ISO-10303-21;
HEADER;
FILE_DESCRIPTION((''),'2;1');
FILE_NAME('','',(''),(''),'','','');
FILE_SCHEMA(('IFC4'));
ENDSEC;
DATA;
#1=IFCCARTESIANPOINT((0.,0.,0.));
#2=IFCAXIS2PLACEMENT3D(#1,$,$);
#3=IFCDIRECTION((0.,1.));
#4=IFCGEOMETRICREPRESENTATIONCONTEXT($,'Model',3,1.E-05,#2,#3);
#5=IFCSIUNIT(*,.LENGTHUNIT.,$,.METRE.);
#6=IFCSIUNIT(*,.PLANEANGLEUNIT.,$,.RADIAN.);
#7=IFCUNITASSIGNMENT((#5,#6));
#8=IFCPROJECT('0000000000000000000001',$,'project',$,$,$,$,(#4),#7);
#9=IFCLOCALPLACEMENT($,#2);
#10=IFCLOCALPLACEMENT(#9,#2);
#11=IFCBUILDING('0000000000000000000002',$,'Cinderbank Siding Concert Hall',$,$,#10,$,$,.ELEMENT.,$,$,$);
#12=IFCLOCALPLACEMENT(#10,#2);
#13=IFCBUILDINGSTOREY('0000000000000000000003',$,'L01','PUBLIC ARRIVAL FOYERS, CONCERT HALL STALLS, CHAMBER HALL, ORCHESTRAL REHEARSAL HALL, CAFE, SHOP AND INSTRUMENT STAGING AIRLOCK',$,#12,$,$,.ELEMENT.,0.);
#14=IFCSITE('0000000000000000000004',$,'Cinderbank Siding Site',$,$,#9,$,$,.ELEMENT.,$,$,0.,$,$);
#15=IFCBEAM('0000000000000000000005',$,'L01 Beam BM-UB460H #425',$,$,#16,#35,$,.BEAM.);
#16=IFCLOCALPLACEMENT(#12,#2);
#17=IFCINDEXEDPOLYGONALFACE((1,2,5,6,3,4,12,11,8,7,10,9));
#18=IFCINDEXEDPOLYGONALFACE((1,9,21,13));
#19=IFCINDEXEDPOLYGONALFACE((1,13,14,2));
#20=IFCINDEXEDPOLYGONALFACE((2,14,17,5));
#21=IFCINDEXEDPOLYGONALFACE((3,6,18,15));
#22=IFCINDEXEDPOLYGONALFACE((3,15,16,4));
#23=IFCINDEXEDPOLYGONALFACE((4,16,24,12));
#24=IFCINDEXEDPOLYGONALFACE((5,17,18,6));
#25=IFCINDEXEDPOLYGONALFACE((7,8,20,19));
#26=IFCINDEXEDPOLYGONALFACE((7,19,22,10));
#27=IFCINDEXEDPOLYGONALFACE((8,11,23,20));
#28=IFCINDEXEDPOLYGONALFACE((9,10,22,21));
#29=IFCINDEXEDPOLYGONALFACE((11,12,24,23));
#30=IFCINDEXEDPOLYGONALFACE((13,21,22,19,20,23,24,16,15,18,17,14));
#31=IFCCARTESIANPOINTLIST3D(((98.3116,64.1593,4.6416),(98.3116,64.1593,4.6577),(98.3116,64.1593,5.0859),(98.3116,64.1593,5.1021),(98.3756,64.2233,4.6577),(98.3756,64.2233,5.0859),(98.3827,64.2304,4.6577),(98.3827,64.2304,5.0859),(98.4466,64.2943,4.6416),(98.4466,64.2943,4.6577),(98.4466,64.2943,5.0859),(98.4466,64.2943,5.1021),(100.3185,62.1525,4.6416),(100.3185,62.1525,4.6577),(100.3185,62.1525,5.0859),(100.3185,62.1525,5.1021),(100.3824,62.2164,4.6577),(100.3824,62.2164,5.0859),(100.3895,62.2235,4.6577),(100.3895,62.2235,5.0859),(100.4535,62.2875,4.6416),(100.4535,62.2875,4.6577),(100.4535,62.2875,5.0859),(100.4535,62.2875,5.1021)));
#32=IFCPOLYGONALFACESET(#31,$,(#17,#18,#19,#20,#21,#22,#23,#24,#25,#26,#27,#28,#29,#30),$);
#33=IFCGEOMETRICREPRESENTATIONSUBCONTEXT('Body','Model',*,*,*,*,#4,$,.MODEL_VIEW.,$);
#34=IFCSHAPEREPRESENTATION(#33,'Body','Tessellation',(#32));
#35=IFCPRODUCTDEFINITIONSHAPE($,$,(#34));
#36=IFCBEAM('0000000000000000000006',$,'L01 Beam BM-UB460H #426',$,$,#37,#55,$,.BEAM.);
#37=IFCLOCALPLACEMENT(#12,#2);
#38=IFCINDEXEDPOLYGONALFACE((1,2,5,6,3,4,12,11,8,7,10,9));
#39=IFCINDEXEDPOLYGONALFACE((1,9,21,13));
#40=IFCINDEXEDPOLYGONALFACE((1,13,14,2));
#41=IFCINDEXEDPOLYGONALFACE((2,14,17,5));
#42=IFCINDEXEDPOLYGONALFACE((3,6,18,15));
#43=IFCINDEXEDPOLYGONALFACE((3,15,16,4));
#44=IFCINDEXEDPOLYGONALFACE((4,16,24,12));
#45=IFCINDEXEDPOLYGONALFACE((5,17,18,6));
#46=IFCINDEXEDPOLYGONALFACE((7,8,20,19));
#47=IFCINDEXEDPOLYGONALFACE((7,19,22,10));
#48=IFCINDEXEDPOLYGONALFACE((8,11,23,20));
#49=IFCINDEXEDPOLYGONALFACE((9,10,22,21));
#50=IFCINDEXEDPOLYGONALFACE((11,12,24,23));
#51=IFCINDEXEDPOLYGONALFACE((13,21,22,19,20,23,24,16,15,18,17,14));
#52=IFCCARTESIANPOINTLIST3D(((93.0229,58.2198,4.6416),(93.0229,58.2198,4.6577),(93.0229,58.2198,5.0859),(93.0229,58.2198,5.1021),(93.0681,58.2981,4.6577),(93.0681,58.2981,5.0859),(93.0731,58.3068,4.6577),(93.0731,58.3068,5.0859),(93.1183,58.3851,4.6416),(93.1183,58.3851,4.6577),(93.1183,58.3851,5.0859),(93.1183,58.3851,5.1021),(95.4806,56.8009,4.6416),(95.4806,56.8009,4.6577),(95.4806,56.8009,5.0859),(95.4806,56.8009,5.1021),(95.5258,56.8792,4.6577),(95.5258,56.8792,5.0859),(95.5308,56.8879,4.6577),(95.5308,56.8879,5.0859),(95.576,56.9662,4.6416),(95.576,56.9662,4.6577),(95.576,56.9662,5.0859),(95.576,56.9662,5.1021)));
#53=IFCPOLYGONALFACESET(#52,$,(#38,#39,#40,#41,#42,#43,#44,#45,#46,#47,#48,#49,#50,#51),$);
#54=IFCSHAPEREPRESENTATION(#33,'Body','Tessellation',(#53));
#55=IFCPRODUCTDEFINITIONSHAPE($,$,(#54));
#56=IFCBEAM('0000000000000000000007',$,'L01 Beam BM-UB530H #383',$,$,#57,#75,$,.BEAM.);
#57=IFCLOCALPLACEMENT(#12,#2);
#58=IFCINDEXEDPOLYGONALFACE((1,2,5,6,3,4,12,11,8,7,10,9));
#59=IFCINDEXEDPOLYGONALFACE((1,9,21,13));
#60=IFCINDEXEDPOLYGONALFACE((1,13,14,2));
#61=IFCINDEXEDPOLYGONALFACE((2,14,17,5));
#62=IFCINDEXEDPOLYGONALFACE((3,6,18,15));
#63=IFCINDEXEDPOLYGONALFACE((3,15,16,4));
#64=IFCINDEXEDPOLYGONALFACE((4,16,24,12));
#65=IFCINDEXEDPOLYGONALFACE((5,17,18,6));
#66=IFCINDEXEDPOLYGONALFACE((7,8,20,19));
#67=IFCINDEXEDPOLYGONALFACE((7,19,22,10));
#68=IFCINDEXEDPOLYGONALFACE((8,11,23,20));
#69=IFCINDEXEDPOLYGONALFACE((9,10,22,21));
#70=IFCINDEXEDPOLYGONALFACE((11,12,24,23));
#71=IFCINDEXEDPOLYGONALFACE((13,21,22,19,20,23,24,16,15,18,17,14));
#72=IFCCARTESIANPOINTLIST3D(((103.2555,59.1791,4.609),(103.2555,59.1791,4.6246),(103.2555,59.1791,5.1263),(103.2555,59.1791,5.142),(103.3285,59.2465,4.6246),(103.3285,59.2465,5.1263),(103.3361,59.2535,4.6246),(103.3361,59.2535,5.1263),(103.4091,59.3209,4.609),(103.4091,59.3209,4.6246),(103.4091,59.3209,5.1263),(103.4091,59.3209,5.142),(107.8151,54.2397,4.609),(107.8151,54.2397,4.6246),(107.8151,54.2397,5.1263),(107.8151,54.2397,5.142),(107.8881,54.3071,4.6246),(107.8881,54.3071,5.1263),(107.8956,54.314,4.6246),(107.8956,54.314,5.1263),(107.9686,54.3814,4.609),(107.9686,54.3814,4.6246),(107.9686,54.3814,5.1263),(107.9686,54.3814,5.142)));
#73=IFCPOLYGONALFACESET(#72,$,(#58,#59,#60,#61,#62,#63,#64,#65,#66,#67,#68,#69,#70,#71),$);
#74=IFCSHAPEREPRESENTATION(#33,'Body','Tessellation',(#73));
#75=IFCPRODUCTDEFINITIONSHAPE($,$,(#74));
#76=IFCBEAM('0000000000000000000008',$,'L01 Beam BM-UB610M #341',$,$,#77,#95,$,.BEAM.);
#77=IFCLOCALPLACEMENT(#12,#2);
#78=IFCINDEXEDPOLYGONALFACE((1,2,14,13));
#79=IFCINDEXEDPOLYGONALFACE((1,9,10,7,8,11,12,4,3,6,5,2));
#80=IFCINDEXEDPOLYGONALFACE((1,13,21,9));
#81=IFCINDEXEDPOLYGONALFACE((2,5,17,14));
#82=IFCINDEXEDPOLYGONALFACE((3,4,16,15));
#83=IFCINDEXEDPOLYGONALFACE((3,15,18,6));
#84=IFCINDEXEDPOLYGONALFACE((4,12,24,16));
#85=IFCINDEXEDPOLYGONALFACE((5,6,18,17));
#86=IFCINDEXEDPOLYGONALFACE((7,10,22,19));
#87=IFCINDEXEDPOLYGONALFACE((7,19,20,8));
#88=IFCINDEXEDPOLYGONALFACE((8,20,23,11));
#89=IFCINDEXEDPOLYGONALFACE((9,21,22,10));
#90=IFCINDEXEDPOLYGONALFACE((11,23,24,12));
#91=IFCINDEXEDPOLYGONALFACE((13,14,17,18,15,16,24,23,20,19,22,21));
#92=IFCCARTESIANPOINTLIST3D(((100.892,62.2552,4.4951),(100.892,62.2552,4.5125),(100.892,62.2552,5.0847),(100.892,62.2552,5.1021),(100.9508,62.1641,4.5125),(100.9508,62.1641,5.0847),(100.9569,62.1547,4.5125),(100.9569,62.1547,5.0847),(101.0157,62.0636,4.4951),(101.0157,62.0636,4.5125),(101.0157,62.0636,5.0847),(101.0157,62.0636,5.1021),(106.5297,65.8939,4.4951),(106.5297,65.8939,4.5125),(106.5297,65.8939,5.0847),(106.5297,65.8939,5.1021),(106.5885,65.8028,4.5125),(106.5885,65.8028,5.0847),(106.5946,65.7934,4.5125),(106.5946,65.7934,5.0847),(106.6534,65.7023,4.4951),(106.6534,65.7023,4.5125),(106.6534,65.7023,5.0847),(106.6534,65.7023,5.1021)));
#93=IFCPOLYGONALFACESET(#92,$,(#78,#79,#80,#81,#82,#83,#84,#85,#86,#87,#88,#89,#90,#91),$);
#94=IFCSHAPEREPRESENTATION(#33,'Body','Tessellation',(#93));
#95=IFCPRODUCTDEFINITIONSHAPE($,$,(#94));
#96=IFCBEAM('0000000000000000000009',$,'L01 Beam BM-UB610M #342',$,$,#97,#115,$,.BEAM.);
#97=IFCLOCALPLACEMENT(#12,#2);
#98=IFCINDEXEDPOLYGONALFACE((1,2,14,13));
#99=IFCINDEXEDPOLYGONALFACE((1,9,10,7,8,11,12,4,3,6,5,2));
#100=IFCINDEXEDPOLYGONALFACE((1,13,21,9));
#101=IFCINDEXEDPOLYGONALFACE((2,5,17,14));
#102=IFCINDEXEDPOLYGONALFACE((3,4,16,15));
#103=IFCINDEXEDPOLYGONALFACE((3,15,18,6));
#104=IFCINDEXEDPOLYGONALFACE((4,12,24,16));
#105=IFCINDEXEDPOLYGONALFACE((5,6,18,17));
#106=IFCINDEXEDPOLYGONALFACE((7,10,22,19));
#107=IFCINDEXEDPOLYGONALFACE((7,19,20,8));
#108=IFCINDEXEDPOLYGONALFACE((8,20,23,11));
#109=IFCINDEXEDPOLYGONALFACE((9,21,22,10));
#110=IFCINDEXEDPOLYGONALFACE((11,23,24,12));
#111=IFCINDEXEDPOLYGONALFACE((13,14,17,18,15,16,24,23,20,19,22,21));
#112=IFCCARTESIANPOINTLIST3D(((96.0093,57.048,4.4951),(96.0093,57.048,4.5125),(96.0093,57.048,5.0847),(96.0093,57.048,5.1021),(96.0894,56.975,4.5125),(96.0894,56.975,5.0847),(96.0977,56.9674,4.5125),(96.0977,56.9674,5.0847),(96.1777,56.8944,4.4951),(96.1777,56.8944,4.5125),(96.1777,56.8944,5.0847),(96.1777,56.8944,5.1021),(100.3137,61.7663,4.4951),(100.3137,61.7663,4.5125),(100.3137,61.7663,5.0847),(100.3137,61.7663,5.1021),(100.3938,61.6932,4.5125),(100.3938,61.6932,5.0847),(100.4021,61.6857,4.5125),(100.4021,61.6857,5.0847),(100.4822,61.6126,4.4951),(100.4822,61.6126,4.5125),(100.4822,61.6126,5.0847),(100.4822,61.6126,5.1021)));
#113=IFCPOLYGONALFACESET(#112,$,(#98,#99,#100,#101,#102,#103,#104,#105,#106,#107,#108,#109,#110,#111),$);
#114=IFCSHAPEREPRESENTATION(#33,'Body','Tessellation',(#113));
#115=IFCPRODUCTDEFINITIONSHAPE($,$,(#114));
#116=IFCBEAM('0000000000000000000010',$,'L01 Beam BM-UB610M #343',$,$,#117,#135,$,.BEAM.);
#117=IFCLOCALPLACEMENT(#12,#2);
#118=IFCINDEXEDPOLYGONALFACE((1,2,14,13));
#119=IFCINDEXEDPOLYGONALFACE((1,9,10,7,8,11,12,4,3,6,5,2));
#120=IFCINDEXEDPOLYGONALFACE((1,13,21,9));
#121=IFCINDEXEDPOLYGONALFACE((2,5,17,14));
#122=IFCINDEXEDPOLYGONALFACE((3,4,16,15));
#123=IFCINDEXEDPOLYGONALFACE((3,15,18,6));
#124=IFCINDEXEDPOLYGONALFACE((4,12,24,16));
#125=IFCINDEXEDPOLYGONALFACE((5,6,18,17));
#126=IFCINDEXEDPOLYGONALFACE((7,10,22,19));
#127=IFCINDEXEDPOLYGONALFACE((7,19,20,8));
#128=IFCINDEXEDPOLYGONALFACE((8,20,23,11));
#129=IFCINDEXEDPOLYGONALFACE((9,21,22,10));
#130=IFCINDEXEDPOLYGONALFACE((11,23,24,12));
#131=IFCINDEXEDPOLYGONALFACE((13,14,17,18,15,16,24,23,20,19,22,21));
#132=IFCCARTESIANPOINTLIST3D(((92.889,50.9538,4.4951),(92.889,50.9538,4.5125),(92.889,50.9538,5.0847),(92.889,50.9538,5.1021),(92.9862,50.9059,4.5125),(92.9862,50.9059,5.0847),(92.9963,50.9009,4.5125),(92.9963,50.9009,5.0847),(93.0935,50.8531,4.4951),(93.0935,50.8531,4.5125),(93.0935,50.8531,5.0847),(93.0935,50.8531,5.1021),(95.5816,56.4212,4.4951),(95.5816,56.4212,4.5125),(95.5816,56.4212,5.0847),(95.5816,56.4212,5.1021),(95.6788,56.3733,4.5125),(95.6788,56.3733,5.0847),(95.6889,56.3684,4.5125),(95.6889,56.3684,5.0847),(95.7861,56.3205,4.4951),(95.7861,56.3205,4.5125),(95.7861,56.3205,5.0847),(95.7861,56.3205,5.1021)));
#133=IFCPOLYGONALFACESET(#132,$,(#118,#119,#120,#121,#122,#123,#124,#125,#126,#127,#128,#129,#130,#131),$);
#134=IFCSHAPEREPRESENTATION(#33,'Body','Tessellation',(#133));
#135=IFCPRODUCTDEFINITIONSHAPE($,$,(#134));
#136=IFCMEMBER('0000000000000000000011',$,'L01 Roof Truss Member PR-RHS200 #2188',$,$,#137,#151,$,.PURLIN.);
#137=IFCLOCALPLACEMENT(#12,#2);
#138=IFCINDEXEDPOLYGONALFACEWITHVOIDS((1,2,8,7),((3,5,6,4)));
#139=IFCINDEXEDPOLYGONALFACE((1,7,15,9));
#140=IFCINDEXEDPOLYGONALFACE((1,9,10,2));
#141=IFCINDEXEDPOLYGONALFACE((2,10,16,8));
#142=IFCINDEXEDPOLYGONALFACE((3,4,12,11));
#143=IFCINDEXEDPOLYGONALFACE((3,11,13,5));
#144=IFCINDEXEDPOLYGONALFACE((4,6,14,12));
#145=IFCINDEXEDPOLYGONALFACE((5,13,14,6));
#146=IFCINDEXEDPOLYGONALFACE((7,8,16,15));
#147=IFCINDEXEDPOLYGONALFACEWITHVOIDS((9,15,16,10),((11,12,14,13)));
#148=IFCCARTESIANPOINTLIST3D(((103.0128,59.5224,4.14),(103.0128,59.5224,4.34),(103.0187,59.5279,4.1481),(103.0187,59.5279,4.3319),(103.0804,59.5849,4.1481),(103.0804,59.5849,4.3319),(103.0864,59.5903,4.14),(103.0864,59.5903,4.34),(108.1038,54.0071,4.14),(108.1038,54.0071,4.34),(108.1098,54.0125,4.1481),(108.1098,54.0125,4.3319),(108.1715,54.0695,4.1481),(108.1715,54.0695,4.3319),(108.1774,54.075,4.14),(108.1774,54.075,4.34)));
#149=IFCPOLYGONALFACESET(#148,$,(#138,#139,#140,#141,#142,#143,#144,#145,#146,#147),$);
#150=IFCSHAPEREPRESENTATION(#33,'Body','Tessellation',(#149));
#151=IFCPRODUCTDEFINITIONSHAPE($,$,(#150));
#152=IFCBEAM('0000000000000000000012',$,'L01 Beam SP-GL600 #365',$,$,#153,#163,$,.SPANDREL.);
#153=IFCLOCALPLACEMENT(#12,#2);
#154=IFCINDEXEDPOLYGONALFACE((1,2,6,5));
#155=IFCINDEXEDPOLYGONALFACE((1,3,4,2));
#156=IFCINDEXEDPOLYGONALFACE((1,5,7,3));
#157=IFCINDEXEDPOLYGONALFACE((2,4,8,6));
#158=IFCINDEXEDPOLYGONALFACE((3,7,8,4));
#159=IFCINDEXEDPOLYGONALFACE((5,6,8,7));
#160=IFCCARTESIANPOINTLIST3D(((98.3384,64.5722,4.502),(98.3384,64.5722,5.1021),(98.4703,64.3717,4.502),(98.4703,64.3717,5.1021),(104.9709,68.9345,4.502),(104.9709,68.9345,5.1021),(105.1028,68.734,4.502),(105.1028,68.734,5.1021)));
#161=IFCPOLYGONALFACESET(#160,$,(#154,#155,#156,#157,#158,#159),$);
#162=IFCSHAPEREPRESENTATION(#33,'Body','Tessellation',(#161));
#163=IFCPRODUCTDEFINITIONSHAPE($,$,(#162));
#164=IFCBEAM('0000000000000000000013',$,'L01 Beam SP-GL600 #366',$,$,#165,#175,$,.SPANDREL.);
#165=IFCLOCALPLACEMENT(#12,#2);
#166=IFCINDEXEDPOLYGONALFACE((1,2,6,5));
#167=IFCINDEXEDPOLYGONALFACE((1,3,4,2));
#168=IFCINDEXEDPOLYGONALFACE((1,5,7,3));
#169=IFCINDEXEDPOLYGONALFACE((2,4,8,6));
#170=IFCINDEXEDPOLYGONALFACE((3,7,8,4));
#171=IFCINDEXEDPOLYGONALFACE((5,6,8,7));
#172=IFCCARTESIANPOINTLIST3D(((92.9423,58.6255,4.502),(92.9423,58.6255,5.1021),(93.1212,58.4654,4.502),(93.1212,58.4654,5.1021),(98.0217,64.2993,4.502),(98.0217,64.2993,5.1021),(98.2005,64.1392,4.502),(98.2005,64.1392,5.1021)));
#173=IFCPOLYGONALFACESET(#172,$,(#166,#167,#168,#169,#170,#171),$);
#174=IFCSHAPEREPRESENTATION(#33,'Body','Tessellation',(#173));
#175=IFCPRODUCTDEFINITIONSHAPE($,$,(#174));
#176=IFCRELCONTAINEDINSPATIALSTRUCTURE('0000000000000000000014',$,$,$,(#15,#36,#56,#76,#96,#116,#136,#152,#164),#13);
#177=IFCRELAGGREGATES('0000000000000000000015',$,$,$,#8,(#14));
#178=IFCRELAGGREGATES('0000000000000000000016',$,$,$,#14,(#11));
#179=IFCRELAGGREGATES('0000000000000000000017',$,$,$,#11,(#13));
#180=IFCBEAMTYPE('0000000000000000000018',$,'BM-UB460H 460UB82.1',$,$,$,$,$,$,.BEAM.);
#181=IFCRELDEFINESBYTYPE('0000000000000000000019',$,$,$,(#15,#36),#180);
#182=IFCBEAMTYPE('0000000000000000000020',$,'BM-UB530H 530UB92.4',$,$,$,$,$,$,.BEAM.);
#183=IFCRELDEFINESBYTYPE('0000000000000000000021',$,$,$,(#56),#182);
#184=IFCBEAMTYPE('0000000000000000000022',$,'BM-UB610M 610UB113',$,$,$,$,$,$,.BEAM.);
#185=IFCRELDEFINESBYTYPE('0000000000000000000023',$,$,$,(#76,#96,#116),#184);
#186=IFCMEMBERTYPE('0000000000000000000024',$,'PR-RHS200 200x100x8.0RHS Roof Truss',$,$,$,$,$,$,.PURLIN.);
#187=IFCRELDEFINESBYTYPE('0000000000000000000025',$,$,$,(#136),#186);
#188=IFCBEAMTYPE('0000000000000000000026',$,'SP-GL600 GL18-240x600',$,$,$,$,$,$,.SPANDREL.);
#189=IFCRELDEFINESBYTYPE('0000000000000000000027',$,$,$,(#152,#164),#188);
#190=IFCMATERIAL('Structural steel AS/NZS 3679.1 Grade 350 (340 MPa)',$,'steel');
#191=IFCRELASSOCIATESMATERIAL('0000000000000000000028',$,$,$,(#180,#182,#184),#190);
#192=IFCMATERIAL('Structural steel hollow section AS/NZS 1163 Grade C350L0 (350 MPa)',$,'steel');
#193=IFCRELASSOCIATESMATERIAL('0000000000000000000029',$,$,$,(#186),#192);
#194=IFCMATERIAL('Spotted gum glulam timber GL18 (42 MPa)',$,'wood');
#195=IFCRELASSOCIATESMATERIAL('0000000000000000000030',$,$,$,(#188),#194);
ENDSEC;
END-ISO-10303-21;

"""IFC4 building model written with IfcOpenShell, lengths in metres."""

from ifc_helpers import new_model, si_unit, direction, frame, origin, origin_2d, place, context, subcontext, project, spatial, rectangle, hollow_rectangle, i_section, extrude, material, material_profile, profile_set, type_object, element, save


model = new_model("IFC4")

# Units and contexts
model_context = context("Model", 3, precision=1e-05, world=origin(), true_north=direction((0.0, 1.0)))
body_context = subcontext(model_context, "Body", "Model", "MODEL_VIEW")
ifc_project = project(units=[si_unit("LENGTHUNIT", "METRE"), si_unit("PLANEANGLEUNIT", "RADIAN")], contexts=[model_context])

# Site, building, storey
site_placement = place(None, origin())
site = spatial("IfcSite", under=ifc_project, at=site_placement, Name="Cinderbank Siding Site", CompositionType="ELEMENT", RefElevation=0.0)
building_placement = place(site_placement, origin())
building = spatial("IfcBuilding", under=site, at=building_placement, Name="Cinderbank Siding Concert Hall", CompositionType="ELEMENT")
storey_placement = place(building_placement, origin())
storey = spatial("IfcBuildingStorey", under=building, at=storey_placement, Name="L01", Description="PUBLIC ARRIVAL FOYERS, CONCERT HALL STALLS, CHAMBER HALL, ORCHESTRAL REHEARSAL HALL, CAFE, SHOP AND INSTRUMENT STAGING AIRLOCK", CompositionType="ELEMENT", Elevation=0.0)

# Shared definitions
ifc_material_1 = material(Name="Structural steel hollow section AS/NZS 1163 Grade C350L0 (350 MPa)", Category="steel")

# Beams
ifc_material_2 = material(Name="Structural steel AS/NZS 3679.1 Grade 350 (340 MPa)", Category="steel")
ifc_material_profile_1 = material_profile(ifc_material_2, i_section(OverallWidth=0.1909, OverallDepth=0.4604, WebThickness=0.01, FlangeThickness=0.0161, at=origin_2d()), Name="460UB82.1", Category="LoadBearing")
ifc_profile_set_1 = profile_set([ifc_material_profile_1], Name="Structural steel AS/NZS 3679.1 Grade 350 (340 MPa)")
beam_type_1 = type_object("IfcBeamType", Name="BM-UB460H 460UB82.1", PredefinedType="BEAM", material=ifc_profile_set_1)
beam_1_placement = place(storey_placement, frame((100.386, 62.22, 4.8718), z_axis=(-0.707107, 0.707107, 0.0), x_axis=(-0.707107, -0.707107, 0.0)))
element("IfcBeam", 1, at=beam_1_placement, inside=storey, type_object=beam_type_1, Name="L01 Beam BM-UB460H #425", PredefinedType="BEAM", context=body_context, shape_type="SweptSolid", body=[
    extrude(i_section(OverallWidth=0.1909, OverallDepth=0.4604, WebThickness=0.01, FlangeThickness=0.0161, at=origin_2d()), origin(), (0.0, 0.0, 1.0), 2.8381),
])
beam_2_placement = place(storey_placement, frame((95.5283, 56.8835, 4.8718), z_axis=(-0.866032, 0.499988, 0.0), x_axis=(-0.499988, -0.866032, 0.0)))
element("IfcBeam", 2, at=beam_2_placement, inside=storey, type_object=beam_type_1, Name="L01 Beam BM-UB460H #426", PredefinedType="BEAM", context=body_context, shape_type="SweptSolid", body=[
    extrude(i_section(OverallWidth=0.1909, OverallDepth=0.4604, WebThickness=0.01, FlangeThickness=0.0161, at=origin_2d()), origin(), (0.0, 0.0, 1.0), 2.8379),
])
ifc_material_profile_2 = material_profile(ifc_material_2, i_section(OverallWidth=0.209, OverallDepth=0.533, WebThickness=0.0103, FlangeThickness=0.0156, at=origin_2d()), Name="530UB92.4", Category="LoadBearing")
ifc_profile_set_2 = profile_set([ifc_material_profile_2], Name="Structural steel AS/NZS 3679.1 Grade 350 (340 MPa)")
beam_type_2 = type_object("IfcBeamType", Name="BM-UB530H 530UB92.4", PredefinedType="BEAM", material=ifc_profile_set_2)
beam_3_placement = place(storey_placement, frame((107.8918, 54.3105, 4.8755), z_axis=(-0.678286, 0.734798, 0.0), x_axis=(-0.734798, -0.678286, 0.0)))
element("IfcBeam", 3, at=beam_3_placement, inside=storey, type_object=beam_type_2, Name="L01 Beam BM-UB530H #383", PredefinedType="BEAM", context=body_context, shape_type="SweptSolid", body=[
    extrude(i_section(OverallWidth=0.209, OverallDepth=0.533, WebThickness=0.0103, FlangeThickness=0.0156, at=origin_2d()), origin(), (0.0, 0.0, 1.0), 6.7222),
])
ifc_material_profile_3 = material_profile(ifc_material_2, i_section(OverallWidth=0.228, OverallDepth=0.6069, WebThickness=0.0112, FlangeThickness=0.0173, at=origin_2d()), Name="610UB113", Category="LoadBearing")
ifc_profile_set_3 = profile_set([ifc_material_profile_3], Name="Structural steel AS/NZS 3679.1 Grade 350 (340 MPa)")
beam_type_3 = type_object("IfcBeamType", Name="BM-UB610M 610UB113", PredefinedType="BEAM", material=ifc_profile_set_3)
beam_4_placement = place(storey_placement, frame((106.5916, 65.7981, 4.7986), z_axis=(-0.840198, -0.542279, 0.0), x_axis=(0.542279, -0.840198, 0.0)))
element("IfcBeam", 4, at=beam_4_placement, inside=storey, type_object=beam_type_3, Name="L01 Beam BM-UB610M #341", PredefinedType="BEAM", context=body_context, shape_type="SweptSolid", body=[
    extrude(i_section(OverallWidth=0.228, OverallDepth=0.6069, WebThickness=0.0112, FlangeThickness=0.0173, at=origin_2d()), origin(), (0.0, 0.0, 1.0), 6.71),
])
beam_5_placement = place(storey_placement, frame((100.3979, 61.6895, 4.7986), z_axis=(-0.673967, -0.738761, 0.0), x_axis=(0.738761, -0.673967, 0.0)))
element("IfcBeam", 5, at=beam_5_placement, inside=storey, type_object=beam_type_3, Name="L01 Beam BM-UB610M #342", PredefinedType="BEAM", context=body_context, shape_type="SweptSolid", body=[
    extrude(i_section(OverallWidth=0.228, OverallDepth=0.6069, WebThickness=0.0112, FlangeThickness=0.0173, at=origin_2d()), origin(), (0.0, 0.0, 1.0), 6.3867),
])
beam_6_placement = place(storey_placement, frame((95.6838, 56.3708, 4.7986), z_axis=(-0.441806, -0.897111, 0.0), x_axis=(0.897111, -0.441806, 0.0)))
element("IfcBeam", 6, at=beam_6_placement, inside=storey, type_object=beam_type_3, Name="L01 Beam BM-UB610M #343", PredefinedType="BEAM", context=body_context, shape_type="SweptSolid", body=[
    extrude(i_section(OverallWidth=0.228, OverallDepth=0.6069, WebThickness=0.0112, FlangeThickness=0.0173, at=origin_2d()), origin(), (0.0, 0.0, 1.0), 6.0945),
])

# Member
ifc_material_profile_4 = material_profile(ifc_material_1, hollow_rectangle(XDim=0.1001, YDim=0.2, WallThickness=0.0081, at=origin_2d()), Name="200x100x8.0RHS", Category="LoadBearing")
ifc_profile_set_4 = profile_set([ifc_material_profile_4], Name="Structural steel hollow section AS/NZS 1163 Grade C350L0 (350 MPa)")
member_type_1 = type_object("IfcMemberType", Name="PR-RHS200 200x100x8.0RHS Roof Truss", PredefinedType="PURLIN", material=ifc_profile_set_4)
member_1_placement = place(storey_placement, frame((108.1406, 54.041, 4.24), z_axis=(-0.678276, 0.734807, 0.0), x_axis=(-0.734807, -0.678276, 0.0)))
element("IfcMember", 7, at=member_1_placement, inside=storey, type_object=member_type_1, Name="L01 Roof Truss Member PR-RHS200 #2188", PredefinedType="PURLIN", context=body_context, shape_type="SweptSolid", body=[
    extrude(hollow_rectangle(XDim=0.1001, YDim=0.2, WallThickness=0.0081, at=origin_2d()), origin(), (0.0, 0.0, 1.0), 7.5059),
])

# Beams
ifc_material_3 = material(Name="Spotted gum glulam timber GL18 (42 MPa)", Category="wood")
ifc_material_profile_5 = material_profile(ifc_material_3, rectangle(XDim=0.24, YDim=0.6001, at=origin_2d()), Name="GL18-240x600", Category="LoadBearing")
ifc_profile_set_5 = profile_set([ifc_material_profile_5], Name="Spotted gum glulam timber GL18 (42 MPa)")
beam_type_4 = type_object("IfcBeamType", Name="SP-GL600 GL18-240x600", PredefinedType="SPANDREL", material=ifc_profile_set_5)
beam_7_placement = place(storey_placement, frame((105.0369, 68.8342, 4.802), z_axis=(-0.835488, -0.549509, 0.0), x_axis=(0.549509, -0.835488, 0.0)))
element("IfcBeam", 8, at=beam_7_placement, inside=storey, type_object=beam_type_4, Name="L01 Beam SP-GL600 #365", PredefinedType="SPANDREL", context=body_context, shape_type="SweptSolid", body=[
    extrude(rectangle(XDim=0.24, YDim=0.6001, at=origin_2d()), origin(), (0.0, 0.0, 1.0), 7.9385),
])
beam_8_placement = place(storey_placement, frame((98.1111, 64.2192, 4.802), z_axis=(-0.666996, -0.745061, 0.0), x_axis=(0.745061, -0.666996, 0.0)))
element("IfcBeam", 9, at=beam_8_placement, inside=storey, type_object=beam_type_4, Name="L01 Beam SP-GL600 #366", PredefinedType="SPANDREL", context=body_context, shape_type="SweptSolid", body=[
    extrude(rectangle(XDim=0.24, YDim=0.6001, at=origin_2d()), origin(), (0.0, 0.0, 1.0), 7.6152),
])

save(model, "model.ifc")
